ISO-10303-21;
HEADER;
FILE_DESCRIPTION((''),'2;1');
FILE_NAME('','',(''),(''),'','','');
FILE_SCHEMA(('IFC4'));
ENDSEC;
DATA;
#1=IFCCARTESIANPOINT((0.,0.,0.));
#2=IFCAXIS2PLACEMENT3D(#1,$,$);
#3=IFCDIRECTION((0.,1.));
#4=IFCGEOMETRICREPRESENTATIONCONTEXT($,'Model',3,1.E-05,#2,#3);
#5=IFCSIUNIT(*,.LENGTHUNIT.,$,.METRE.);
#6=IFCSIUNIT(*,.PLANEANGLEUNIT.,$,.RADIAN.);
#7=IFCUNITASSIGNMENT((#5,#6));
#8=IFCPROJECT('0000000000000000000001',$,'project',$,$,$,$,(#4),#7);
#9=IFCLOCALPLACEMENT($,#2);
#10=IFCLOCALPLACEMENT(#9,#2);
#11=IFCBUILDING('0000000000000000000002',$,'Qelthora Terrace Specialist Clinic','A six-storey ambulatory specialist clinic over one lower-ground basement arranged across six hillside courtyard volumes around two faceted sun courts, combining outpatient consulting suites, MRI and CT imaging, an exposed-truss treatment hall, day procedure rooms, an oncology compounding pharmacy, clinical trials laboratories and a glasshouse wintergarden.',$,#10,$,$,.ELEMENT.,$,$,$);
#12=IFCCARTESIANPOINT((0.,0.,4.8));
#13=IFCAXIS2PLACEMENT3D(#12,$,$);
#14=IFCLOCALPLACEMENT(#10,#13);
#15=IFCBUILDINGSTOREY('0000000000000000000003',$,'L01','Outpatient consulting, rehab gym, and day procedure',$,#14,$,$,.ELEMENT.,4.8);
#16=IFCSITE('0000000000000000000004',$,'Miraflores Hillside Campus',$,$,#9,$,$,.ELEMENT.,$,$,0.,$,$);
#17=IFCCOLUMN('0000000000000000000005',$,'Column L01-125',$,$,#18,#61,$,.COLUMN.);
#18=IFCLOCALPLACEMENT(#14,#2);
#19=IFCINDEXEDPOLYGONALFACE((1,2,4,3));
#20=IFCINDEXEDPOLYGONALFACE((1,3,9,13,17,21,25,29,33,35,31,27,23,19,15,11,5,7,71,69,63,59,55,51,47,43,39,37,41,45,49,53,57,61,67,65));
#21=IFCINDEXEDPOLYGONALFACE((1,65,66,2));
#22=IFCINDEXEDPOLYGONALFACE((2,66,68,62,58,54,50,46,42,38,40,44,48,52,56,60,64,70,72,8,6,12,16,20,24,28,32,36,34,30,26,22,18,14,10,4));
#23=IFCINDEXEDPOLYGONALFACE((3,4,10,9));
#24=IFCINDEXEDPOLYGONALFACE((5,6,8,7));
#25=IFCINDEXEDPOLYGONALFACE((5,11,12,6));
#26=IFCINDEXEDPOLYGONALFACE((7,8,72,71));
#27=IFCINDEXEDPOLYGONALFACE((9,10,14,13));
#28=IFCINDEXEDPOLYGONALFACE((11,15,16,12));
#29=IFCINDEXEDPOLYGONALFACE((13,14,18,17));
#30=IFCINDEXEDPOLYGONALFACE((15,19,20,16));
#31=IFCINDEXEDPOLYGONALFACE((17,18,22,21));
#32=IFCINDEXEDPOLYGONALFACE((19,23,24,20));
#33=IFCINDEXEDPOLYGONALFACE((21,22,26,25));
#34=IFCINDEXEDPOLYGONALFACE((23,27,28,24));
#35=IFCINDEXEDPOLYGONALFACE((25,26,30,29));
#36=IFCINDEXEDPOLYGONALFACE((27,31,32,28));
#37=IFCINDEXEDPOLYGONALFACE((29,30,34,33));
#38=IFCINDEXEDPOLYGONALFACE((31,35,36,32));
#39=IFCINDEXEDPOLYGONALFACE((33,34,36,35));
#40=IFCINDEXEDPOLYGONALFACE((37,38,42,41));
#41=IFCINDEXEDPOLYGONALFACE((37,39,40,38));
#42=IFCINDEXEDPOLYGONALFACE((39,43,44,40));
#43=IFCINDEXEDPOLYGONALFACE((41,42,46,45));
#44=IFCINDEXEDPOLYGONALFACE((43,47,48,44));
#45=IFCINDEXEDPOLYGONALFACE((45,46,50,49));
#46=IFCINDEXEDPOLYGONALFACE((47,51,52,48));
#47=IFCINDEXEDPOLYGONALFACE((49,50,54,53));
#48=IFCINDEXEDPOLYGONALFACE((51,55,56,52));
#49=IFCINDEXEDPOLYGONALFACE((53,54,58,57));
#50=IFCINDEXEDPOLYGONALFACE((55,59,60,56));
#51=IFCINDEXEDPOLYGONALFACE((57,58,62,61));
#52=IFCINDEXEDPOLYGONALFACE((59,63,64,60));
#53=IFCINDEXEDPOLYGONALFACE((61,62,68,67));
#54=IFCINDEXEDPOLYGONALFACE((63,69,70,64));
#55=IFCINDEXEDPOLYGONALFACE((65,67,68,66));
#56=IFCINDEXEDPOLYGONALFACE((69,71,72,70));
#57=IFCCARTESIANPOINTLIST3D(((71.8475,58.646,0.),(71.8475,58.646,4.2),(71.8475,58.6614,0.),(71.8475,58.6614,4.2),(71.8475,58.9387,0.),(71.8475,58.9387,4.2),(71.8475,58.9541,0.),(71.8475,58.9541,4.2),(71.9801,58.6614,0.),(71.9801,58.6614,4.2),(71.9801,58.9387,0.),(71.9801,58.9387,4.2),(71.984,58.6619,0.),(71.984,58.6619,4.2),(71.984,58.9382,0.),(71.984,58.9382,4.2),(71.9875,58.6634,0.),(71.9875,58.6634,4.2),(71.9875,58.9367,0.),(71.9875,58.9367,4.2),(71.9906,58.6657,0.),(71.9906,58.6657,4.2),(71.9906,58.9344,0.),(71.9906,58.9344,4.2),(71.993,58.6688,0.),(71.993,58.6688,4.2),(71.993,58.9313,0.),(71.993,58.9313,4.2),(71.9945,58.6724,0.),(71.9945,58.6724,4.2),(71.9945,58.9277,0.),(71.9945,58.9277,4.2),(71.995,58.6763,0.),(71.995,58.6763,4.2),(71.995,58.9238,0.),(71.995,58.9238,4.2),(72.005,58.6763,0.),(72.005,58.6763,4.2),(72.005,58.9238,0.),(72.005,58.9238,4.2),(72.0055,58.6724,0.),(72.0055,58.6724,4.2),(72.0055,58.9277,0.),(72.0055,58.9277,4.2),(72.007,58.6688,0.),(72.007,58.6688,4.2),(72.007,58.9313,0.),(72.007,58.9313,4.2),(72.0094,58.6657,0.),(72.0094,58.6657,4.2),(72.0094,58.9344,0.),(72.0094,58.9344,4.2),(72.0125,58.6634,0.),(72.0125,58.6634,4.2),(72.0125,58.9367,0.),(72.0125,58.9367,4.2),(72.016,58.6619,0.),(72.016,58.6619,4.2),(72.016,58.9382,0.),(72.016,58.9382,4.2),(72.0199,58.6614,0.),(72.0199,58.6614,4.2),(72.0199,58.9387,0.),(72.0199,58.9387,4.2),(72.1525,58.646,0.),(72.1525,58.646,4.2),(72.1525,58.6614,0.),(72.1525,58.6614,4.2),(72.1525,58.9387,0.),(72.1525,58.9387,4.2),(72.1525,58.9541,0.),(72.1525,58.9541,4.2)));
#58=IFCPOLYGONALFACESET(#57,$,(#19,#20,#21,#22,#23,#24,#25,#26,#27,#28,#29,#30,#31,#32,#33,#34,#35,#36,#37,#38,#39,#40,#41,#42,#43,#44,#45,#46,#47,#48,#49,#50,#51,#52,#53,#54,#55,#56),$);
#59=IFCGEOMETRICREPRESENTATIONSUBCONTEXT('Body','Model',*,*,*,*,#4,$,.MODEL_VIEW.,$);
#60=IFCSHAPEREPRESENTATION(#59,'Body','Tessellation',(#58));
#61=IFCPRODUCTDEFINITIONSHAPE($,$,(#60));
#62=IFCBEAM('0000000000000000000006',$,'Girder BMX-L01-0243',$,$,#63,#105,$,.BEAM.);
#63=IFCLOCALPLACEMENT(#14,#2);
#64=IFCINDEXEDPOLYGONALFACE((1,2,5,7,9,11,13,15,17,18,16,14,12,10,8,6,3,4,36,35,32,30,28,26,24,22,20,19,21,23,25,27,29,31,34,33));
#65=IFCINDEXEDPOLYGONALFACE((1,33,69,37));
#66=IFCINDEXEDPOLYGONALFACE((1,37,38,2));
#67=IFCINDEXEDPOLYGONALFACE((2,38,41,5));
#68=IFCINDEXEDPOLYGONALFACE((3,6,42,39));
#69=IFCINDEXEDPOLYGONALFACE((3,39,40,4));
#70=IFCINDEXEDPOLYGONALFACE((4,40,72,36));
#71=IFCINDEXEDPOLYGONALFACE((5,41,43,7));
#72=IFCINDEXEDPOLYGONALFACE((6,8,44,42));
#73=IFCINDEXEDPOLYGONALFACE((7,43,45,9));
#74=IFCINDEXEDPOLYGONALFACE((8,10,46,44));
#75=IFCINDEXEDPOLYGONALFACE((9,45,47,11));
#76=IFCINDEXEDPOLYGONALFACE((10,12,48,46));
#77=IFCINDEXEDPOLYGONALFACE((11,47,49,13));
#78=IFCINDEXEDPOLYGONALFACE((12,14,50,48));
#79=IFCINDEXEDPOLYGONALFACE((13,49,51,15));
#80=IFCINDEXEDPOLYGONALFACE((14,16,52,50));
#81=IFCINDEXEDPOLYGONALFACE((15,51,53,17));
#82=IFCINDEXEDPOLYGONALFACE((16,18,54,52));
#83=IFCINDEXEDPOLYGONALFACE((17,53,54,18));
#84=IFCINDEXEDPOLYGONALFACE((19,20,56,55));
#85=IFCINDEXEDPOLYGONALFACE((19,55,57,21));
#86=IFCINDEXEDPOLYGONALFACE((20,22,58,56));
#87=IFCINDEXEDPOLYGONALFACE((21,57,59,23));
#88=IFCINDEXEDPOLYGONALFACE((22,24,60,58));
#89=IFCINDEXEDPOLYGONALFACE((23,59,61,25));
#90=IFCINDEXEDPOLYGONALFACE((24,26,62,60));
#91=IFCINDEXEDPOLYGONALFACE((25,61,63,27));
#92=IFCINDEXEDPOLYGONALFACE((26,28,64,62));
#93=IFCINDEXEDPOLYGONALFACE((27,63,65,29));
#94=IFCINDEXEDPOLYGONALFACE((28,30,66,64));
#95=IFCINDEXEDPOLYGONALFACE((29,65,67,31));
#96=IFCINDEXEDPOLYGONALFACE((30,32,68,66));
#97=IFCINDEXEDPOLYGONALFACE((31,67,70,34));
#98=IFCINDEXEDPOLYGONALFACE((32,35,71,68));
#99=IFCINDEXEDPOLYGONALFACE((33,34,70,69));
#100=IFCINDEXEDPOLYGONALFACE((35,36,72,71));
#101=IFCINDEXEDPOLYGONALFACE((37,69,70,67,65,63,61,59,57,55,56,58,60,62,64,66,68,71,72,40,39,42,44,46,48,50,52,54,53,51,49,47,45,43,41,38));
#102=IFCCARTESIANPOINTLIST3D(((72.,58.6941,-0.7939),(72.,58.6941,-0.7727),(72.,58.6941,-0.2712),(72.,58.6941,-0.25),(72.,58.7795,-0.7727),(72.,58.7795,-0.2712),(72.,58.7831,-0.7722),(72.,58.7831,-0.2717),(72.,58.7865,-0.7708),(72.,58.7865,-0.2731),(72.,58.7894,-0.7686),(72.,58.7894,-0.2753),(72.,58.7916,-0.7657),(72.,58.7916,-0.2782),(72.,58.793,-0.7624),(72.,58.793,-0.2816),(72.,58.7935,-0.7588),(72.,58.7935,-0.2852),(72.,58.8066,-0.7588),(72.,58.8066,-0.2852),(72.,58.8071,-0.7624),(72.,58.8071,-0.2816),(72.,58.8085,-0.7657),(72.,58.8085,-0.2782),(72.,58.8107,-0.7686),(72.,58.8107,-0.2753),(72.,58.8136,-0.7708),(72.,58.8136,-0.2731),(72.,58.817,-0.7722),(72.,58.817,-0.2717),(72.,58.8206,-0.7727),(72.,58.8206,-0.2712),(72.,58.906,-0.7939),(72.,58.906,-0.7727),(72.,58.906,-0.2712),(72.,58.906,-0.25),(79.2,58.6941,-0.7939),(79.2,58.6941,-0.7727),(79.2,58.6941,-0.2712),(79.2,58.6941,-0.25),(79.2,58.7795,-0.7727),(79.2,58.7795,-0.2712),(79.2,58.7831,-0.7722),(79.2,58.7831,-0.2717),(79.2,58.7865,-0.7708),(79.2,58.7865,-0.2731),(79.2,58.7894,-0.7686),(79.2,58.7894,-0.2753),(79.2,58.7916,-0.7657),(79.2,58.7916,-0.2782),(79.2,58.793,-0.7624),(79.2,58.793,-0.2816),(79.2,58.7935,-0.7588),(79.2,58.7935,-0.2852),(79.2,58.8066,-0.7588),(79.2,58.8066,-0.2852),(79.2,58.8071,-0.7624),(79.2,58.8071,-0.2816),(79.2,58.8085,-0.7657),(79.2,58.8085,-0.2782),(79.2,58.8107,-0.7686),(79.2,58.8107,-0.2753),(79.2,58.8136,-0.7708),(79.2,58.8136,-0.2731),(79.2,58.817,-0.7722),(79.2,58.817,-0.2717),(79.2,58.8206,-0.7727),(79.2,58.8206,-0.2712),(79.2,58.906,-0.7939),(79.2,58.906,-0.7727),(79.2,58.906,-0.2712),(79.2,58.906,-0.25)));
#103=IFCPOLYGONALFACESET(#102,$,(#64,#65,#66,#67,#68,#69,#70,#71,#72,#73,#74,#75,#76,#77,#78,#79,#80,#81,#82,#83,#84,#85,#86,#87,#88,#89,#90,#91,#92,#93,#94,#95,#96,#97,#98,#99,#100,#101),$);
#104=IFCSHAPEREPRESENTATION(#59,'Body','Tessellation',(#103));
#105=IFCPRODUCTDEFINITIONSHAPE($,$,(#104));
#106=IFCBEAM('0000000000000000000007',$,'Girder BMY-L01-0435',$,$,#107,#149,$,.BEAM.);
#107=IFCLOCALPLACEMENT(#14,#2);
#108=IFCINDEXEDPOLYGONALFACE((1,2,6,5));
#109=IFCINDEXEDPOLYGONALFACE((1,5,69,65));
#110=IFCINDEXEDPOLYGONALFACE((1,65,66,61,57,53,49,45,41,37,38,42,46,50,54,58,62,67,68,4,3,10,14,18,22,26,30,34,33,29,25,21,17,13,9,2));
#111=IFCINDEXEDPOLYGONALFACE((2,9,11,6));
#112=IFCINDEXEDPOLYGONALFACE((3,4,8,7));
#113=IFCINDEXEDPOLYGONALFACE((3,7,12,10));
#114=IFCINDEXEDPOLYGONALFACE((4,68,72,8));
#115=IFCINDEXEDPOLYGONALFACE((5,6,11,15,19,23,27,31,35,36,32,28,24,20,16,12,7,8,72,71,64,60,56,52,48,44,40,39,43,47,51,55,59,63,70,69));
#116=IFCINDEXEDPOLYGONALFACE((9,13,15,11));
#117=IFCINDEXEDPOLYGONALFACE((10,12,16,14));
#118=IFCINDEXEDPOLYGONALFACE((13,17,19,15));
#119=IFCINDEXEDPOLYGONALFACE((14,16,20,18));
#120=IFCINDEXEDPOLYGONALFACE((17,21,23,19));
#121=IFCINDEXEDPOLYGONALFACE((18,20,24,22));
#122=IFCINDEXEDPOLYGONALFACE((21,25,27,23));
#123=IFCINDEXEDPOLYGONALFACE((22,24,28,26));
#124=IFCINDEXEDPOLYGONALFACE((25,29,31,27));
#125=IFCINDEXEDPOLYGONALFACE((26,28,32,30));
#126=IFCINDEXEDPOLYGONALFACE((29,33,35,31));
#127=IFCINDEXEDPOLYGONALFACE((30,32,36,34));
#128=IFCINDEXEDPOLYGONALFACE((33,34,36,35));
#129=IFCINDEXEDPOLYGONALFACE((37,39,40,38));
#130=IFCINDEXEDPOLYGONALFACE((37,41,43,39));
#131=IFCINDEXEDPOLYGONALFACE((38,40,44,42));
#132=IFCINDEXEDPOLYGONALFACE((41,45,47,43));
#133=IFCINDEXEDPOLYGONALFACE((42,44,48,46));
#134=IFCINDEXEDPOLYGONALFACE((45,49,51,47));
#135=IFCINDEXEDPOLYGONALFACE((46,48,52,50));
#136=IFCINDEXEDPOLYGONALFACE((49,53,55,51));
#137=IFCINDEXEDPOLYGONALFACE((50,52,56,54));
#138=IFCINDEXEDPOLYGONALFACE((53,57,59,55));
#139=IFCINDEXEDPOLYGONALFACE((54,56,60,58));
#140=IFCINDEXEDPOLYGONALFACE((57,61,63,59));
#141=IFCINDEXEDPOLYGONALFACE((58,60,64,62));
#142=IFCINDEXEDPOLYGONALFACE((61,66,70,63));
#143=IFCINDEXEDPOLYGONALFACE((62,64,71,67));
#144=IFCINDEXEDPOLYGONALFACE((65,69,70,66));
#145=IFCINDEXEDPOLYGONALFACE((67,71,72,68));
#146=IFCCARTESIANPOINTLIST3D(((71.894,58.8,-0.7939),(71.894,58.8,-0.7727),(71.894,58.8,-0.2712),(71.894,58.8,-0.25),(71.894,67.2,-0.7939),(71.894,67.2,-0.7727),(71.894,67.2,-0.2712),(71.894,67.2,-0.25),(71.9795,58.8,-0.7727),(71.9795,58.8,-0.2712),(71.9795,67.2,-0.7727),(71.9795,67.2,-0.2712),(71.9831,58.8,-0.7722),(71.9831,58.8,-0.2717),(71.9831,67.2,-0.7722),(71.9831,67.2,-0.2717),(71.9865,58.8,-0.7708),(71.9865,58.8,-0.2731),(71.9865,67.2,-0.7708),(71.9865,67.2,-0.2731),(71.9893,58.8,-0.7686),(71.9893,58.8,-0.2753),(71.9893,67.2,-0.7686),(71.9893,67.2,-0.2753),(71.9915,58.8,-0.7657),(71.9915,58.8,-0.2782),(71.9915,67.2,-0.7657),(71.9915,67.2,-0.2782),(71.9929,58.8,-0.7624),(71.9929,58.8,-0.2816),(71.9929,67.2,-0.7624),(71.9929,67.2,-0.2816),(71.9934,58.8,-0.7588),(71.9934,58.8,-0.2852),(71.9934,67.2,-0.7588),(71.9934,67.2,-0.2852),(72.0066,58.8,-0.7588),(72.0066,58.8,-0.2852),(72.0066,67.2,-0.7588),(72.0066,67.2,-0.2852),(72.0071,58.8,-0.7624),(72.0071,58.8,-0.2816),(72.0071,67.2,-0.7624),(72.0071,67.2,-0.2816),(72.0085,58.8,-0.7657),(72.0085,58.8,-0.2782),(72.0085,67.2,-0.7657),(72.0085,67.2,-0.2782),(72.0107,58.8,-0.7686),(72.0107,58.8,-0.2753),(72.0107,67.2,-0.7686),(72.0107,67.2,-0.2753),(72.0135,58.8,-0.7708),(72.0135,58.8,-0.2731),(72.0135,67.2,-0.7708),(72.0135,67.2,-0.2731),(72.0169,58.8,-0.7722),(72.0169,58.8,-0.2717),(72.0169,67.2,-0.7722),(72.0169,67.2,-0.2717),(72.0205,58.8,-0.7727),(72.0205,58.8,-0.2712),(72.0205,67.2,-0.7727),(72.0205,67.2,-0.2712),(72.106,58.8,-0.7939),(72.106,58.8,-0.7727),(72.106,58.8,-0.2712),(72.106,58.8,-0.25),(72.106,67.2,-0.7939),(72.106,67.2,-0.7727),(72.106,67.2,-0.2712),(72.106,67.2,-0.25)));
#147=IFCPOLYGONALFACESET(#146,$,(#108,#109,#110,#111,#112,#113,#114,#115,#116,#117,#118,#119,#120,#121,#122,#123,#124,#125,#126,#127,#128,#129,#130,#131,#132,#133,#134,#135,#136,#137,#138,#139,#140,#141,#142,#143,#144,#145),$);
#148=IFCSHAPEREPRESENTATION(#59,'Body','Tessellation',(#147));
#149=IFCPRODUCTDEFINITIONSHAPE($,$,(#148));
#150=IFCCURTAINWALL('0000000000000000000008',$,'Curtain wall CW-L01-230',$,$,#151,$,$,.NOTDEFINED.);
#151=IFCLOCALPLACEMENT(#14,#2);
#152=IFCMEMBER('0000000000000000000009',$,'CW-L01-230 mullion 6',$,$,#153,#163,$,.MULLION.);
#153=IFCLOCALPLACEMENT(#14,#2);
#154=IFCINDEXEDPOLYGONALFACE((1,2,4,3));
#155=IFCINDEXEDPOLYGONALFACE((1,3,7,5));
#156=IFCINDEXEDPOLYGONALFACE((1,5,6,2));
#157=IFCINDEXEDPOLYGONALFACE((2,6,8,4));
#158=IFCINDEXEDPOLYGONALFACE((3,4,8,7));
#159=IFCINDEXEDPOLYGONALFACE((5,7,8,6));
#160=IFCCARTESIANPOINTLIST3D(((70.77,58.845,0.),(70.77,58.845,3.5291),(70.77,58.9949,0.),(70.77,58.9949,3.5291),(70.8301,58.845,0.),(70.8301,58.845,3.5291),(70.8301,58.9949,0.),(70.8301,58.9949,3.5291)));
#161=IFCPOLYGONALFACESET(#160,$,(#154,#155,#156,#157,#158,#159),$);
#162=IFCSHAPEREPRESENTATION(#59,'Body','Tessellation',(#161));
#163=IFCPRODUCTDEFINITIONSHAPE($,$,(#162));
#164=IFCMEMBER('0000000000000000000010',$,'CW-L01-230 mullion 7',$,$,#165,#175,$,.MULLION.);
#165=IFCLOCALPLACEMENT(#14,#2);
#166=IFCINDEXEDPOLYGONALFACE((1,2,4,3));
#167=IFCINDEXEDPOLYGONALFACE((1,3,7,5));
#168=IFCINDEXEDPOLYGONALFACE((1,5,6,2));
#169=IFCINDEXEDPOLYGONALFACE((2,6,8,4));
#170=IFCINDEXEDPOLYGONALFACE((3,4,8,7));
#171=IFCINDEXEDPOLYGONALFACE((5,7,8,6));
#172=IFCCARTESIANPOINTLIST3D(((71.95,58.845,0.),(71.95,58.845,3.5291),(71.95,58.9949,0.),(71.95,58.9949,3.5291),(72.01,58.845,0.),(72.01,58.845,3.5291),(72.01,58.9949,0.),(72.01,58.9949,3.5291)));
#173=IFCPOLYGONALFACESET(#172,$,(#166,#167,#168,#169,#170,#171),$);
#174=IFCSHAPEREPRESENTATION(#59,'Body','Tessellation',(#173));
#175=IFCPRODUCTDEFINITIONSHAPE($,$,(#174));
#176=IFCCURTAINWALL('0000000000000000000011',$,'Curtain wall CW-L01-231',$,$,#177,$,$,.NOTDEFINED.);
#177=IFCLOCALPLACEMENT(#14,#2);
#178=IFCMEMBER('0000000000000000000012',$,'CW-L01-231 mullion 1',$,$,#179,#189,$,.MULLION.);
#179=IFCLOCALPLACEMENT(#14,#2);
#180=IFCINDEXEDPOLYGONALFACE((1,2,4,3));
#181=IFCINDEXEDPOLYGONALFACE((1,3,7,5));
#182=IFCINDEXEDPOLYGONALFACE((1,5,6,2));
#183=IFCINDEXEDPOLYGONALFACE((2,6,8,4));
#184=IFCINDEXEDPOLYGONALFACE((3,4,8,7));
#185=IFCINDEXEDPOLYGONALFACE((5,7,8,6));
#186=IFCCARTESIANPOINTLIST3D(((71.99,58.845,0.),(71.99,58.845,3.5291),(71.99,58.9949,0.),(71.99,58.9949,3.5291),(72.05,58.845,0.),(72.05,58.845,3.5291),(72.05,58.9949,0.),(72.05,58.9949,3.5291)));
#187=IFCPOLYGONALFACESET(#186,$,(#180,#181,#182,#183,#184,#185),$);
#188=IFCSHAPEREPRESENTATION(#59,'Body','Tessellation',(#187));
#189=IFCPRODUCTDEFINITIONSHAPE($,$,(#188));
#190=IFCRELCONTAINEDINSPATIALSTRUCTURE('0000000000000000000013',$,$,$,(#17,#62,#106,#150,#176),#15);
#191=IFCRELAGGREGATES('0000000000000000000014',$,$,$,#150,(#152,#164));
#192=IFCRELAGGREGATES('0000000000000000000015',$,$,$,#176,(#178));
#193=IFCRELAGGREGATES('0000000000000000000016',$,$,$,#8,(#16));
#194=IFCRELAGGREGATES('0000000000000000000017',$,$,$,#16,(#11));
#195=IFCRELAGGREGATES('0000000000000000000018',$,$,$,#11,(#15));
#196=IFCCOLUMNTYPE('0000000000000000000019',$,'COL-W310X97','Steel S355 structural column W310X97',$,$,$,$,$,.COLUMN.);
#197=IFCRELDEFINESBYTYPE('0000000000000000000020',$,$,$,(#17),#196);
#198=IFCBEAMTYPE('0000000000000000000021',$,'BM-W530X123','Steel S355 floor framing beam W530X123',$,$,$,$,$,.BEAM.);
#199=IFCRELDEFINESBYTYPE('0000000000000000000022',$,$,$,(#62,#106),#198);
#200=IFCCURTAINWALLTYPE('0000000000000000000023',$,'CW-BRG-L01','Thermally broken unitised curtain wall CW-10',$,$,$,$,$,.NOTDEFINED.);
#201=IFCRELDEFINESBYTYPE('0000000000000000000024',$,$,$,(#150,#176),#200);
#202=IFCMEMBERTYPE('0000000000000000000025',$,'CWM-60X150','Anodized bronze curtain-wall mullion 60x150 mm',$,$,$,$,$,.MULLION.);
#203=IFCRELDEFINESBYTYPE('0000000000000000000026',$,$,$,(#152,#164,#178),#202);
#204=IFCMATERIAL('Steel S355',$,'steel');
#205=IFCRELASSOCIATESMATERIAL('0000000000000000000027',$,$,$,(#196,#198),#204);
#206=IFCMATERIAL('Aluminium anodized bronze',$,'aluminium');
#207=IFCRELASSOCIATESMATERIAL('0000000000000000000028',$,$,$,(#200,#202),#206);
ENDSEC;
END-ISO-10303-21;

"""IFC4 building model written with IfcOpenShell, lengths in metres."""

from ifc_helpers import new_model, si_unit, direction, frame, origin, origin_2d, place, context, subcontext, project, spatial, rectangle, i_section, extrude, material, material_profile, profile_set, type_object, element, aggregate, save


model = new_model("IFC4")

# Units and contexts
model_context = context("Model", 3, precision=1e-05, world=origin(), true_north=direction((0.0, 1.0)))
body_context = subcontext(model_context, "Body", "Model", "MODEL_VIEW")
ifc_project = project(units=[si_unit("LENGTHUNIT", "METRE"), si_unit("PLANEANGLEUNIT", "RADIAN")], contexts=[model_context])

# Site, building, storey
site_placement = place(None, origin())
site = spatial("IfcSite", under=ifc_project, at=site_placement, Name="Miraflores Hillside Campus", CompositionType="ELEMENT", RefElevation=0.0)
building_placement = place(site_placement, origin())
building = spatial("IfcBuilding", under=site, at=building_placement, Name="Qelthora Terrace Specialist Clinic", Description="A six-storey ambulatory specialist clinic over one lower-ground basement arranged across six hillside courtyard volumes around two faceted sun courts, combining outpatient consulting suites, MRI and CT imaging, an exposed-truss treatment hall, day procedure rooms, an oncology compounding pharmacy, clinical trials laboratories and a glasshouse wintergarden.", CompositionType="ELEMENT")
storey_placement = place(building_placement, frame((0.0, 0.0, 4.8)))
storey = spatial("IfcBuildingStorey", under=building, at=storey_placement, Name="L01", Description="Outpatient consulting, rehab gym, and day procedure", CompositionType="ELEMENT", Elevation=4.8)

# Column
ifc_material_1 = material(Name="Steel S355", Category="steel")
ifc_material_profile_1 = material_profile(ifc_material_1, i_section(OverallWidth=0.3049, OverallDepth=0.3081, WebThickness=0.01, FlangeThickness=0.0154, FilletRadius=0.0149, at=origin_2d()), Name="W310X97")
ifc_profile_set_1 = profile_set([ifc_material_profile_1], Name="Steel S355")
column_type = type_object("IfcColumnType", Name="COL-W310X97", Description="Steel S355 structural column W310X97", PredefinedType="COLUMN", material=ifc_profile_set_1)
column_placement = place(storey_placement, frame((72.0, 58.8, 0.0), z_axis=(0.0, 0.0, 1.0), x_axis=(1.0, 0.0, 0.0)))
element("IfcColumn", 1, at=column_placement, inside=storey, type_object=column_type, Name="Column L01-125", PredefinedType="COLUMN", context=body_context, shape_type="SweptSolid", body=[
    extrude(i_section(OverallWidth=0.3049, OverallDepth=0.3081, WebThickness=0.01, FlangeThickness=0.0154, FilletRadius=0.0149, at=origin_2d()), origin(), (0.0, 0.0, 1.0), 4.2),
])

# Beams
ifc_material_profile_2 = material_profile(ifc_material_1, i_section(OverallWidth=0.2119, OverallDepth=0.5439, WebThickness=0.0132, FlangeThickness=0.0212, FilletRadius=0.0139, at=origin_2d()), Name="W530X123")
ifc_profile_set_2 = profile_set([ifc_material_profile_2], Name="Steel S355")
beam_type_1 = type_object("IfcBeamType", Name="BM-W530X123", Description="Steel S355 floor framing beam W530X123", PredefinedType="BEAM", material=ifc_profile_set_2)
beam_1_placement = place(storey_placement, frame((72.0, 58.8, -0.522), z_axis=(1.0, 0.0, 0.0), x_axis=(0.0, 1.0, 0.0)))
element("IfcBeam", 2, at=beam_1_placement, inside=storey, type_object=beam_type_1, Name="Girder BMX-L01-0243", PredefinedType="BEAM", context=body_context, shape_type="SweptSolid", body=[
    extrude(i_section(OverallWidth=0.2119, OverallDepth=0.5439, WebThickness=0.0132, FlangeThickness=0.0212, FilletRadius=0.0139, at=origin_2d()), origin(), (0.0, 0.0, 1.0), 7.2),
])
beam_2_placement = place(storey_placement, frame((72.0, 58.8, -0.522), z_axis=(0.0, 1.0, 0.0), x_axis=(-1.0, 0.0, 0.0)))
element("IfcBeam", 3, at=beam_2_placement, inside=storey, type_object=beam_type_1, Name="Girder BMY-L01-0435", PredefinedType="BEAM", context=body_context, shape_type="SweptSolid", body=[
    extrude(i_section(OverallWidth=0.2119, OverallDepth=0.5439, WebThickness=0.0132, FlangeThickness=0.0212, FilletRadius=0.0139, at=origin_2d()), origin(), (0.0, 0.0, 1.0), 8.3999),
])

# Curtain walls, members
ifc_material_2 = material(Name="Aluminium anodized bronze", Category="aluminium")
curtain_wall_type = type_object("IfcCurtainWallType", Name="CW-BRG-L01", Description="Thermally broken unitised curtain wall CW-10", PredefinedType="NOTDEFINED", material=ifc_material_2)
curtain_wall_1_placement = place(storey_placement, origin())
curtain_wall_1 = element("IfcCurtainWall", 4, at=curtain_wall_1_placement, inside=storey, type_object=curtain_wall_type, Name="Curtain wall CW-L01-230", PredefinedType="NOTDEFINED")
ifc_material_profile_3 = material_profile(ifc_material_2, rectangle(XDim=0.0601, YDim=0.1499, at=origin_2d()), Name="CWM60X150")
ifc_profile_set_3 = profile_set([ifc_material_profile_3], Name="Aluminium anodized bronze")
member_type_1 = type_object("IfcMemberType", Name="CWM-60X150", Description="Anodized bronze curtain-wall mullion 60x150 mm", PredefinedType="MULLION", material=ifc_profile_set_3)
member_1_placement = place(storey_placement, frame((70.8, 58.9199, 0.0), z_axis=(0.0, 0.0, 1.0), x_axis=(1.0, 0.0, 0.0)))
member_1 = element("IfcMember", 5, at=member_1_placement, type_object=member_type_1, Name="CW-L01-230 mullion 6", PredefinedType="MULLION", context=body_context, shape_type="SweptSolid", body=[
    extrude(rectangle(XDim=0.0601, YDim=0.1499, at=origin_2d()), origin(), (0.0, 0.0, 1.0), 3.5291),
])
member_2_placement = place(storey_placement, frame((71.98, 58.9199, 0.0), z_axis=(0.0, 0.0, 1.0), x_axis=(1.0, 0.0, 0.0)))
member_2 = element("IfcMember", 6, at=member_2_placement, type_object=member_type_1, Name="CW-L01-230 mullion 7", PredefinedType="MULLION", context=body_context, shape_type="SweptSolid", body=[
    extrude(rectangle(XDim=0.0601, YDim=0.1499, at=origin_2d()), origin(), (0.0, 0.0, 1.0), 3.5291),
])
curtain_wall_2_placement = place(storey_placement, origin())
curtain_wall_2 = element("IfcCurtainWall", 7, at=curtain_wall_2_placement, inside=storey, type_object=curtain_wall_type, Name="Curtain wall CW-L01-231", PredefinedType="NOTDEFINED")
member_3_placement = place(storey_placement, frame((72.02, 58.9199, 0.0), z_axis=(0.0, 0.0, 1.0), x_axis=(1.0, 0.0, 0.0)))
member_3 = element("IfcMember", 8, at=member_3_placement, type_object=member_type_1, Name="CW-L01-231 mullion 1", PredefinedType="MULLION", context=body_context, shape_type="SweptSolid", body=[
    extrude(rectangle(XDim=0.0601, YDim=0.1499, at=origin_2d()), origin(), (0.0, 0.0, 1.0), 3.5291),
])

aggregate(curtain_wall_1, [member_1, member_2])
aggregate(curtain_wall_2, [member_3])

save(model, "model.ifc")
